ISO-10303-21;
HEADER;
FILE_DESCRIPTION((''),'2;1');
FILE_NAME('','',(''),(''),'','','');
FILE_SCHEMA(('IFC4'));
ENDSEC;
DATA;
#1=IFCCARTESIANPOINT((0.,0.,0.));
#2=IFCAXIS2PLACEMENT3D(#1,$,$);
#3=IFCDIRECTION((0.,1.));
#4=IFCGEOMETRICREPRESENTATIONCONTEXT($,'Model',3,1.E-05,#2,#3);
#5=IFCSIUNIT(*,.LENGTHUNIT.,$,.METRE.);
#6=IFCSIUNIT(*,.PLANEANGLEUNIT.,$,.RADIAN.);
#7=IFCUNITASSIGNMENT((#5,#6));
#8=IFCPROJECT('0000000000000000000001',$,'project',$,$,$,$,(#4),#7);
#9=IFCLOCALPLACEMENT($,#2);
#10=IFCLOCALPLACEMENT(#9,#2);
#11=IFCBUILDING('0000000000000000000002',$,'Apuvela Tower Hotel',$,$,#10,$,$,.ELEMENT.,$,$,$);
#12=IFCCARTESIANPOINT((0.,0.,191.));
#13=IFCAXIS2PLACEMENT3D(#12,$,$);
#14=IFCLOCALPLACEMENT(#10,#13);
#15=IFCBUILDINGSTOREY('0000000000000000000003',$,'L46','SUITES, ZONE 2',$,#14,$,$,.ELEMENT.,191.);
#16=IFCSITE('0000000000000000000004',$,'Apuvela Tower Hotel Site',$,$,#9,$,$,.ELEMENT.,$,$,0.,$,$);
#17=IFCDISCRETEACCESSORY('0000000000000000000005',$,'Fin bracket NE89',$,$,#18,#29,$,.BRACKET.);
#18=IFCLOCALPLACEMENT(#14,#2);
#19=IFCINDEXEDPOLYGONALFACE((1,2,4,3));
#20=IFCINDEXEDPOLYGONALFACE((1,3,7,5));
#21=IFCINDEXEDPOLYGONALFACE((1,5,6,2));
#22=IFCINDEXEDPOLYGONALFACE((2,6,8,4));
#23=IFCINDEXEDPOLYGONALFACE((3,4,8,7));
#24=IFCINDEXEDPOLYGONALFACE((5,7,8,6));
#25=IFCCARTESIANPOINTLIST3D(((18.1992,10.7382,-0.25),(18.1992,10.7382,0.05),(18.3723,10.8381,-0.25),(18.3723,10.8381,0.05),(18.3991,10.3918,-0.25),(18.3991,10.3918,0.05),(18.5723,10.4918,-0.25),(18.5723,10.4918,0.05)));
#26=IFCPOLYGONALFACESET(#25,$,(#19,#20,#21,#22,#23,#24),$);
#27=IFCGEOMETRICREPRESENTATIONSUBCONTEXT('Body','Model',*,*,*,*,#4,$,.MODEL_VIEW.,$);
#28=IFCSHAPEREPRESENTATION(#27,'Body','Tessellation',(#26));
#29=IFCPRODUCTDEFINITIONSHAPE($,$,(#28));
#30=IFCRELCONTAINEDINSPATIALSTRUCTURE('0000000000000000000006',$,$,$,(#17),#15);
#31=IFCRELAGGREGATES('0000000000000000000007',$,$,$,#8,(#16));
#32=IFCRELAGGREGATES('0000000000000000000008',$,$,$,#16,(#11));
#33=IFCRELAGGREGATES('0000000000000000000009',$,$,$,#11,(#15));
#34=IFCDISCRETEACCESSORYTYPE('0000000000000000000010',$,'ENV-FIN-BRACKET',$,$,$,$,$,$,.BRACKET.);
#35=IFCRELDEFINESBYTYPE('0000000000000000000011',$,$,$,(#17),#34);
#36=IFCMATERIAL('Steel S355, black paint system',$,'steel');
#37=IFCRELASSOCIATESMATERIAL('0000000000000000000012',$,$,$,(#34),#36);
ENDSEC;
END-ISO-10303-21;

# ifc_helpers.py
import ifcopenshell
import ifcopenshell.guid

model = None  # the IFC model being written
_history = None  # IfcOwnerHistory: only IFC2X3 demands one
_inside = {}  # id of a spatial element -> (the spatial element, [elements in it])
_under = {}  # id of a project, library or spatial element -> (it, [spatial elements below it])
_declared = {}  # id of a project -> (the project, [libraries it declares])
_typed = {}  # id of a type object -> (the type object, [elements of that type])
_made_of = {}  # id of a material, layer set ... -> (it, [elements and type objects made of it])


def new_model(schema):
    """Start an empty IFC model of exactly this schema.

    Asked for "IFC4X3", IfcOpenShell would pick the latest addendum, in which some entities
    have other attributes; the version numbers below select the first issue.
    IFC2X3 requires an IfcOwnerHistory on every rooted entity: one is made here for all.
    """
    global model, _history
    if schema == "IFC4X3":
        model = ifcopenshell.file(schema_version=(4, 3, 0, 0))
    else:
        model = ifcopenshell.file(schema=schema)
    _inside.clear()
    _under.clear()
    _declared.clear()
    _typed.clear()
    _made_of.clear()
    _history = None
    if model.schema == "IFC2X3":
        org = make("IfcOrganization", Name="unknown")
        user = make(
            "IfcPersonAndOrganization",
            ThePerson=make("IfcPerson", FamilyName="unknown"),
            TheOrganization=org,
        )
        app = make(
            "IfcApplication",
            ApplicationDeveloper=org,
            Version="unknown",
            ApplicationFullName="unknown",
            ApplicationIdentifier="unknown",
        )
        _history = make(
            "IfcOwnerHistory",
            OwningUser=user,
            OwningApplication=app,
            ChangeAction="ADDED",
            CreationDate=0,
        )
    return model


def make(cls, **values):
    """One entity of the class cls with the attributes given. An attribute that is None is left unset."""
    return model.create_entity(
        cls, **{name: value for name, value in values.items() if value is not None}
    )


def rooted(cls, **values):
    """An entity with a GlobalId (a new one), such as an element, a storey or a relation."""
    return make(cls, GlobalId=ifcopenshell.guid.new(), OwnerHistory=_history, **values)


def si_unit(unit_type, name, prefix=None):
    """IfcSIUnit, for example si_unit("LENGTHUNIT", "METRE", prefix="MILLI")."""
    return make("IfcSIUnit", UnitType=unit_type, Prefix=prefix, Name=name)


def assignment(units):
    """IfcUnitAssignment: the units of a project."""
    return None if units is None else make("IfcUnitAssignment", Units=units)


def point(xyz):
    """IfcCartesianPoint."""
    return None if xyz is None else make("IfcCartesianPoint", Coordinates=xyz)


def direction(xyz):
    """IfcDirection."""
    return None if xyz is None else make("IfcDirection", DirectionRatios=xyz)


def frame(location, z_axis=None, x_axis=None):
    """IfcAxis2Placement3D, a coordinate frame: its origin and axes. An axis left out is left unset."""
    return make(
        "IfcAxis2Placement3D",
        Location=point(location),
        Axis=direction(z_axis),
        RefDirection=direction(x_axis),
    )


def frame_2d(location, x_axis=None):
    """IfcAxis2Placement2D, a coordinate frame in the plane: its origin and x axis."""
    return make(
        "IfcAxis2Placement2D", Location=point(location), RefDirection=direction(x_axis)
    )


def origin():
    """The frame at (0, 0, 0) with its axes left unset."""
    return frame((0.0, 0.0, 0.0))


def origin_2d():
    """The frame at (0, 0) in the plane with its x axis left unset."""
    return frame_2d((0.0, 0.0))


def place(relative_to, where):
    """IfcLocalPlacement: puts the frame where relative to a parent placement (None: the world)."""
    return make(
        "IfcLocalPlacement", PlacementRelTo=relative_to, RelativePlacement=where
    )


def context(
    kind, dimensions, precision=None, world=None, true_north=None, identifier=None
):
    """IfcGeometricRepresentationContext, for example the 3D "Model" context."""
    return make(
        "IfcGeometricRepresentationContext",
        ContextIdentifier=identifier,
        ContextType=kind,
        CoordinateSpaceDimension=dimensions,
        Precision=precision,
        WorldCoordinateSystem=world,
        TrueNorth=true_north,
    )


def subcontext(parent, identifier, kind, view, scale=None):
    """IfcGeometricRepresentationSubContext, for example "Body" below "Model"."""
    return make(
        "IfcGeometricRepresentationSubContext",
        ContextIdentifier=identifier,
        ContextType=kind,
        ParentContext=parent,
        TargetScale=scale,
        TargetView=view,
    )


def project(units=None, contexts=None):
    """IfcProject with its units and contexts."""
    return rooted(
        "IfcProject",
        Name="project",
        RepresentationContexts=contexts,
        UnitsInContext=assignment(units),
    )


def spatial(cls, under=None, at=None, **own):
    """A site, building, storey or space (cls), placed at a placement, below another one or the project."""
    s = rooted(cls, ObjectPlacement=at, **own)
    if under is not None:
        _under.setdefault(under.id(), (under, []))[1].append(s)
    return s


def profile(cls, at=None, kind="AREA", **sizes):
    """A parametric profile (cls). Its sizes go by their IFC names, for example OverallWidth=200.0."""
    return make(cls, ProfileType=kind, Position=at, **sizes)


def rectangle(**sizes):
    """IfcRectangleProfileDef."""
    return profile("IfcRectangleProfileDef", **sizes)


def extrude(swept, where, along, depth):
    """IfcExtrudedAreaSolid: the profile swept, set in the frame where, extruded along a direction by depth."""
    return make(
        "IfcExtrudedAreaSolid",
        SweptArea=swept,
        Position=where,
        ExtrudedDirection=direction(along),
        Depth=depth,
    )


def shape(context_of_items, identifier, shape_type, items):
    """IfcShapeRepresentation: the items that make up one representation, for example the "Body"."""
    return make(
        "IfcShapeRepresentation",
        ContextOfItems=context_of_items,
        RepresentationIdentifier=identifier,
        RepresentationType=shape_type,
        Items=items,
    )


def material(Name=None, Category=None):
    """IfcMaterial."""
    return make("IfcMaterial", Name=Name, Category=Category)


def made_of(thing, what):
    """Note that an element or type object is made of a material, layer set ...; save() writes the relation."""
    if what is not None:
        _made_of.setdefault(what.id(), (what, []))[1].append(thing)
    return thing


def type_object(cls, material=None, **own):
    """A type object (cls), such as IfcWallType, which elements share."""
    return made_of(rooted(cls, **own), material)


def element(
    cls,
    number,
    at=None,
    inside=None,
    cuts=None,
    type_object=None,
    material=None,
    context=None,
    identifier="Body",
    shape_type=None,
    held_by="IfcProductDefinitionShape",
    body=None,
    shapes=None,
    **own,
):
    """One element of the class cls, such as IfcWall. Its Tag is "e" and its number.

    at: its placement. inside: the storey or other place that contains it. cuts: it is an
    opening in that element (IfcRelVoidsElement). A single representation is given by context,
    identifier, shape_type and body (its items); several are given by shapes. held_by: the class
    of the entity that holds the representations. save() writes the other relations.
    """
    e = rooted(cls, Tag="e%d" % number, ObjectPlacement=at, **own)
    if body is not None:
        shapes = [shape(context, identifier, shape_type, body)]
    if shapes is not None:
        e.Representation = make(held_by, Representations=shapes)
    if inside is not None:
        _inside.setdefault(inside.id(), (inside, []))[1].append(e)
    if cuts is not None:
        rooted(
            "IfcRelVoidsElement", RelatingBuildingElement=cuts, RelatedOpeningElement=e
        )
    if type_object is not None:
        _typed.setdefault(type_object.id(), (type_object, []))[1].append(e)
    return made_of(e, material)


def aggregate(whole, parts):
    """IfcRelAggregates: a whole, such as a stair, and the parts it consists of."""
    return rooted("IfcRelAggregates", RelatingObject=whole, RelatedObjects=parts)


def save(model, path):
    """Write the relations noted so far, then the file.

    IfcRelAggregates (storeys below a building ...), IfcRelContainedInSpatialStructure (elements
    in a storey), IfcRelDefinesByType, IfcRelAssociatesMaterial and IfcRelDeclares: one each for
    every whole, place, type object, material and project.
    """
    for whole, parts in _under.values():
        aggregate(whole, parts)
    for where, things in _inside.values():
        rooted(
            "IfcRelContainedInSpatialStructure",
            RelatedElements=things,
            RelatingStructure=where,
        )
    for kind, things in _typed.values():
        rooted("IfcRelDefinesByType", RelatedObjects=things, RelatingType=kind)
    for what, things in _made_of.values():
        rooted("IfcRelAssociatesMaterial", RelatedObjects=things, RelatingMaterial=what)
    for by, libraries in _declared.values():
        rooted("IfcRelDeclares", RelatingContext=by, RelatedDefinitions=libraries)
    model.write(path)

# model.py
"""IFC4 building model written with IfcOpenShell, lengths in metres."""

from ifc_helpers import new_model, si_unit, direction, frame, origin, origin_2d, place, context, subcontext, project, spatial, rectangle, extrude, material, type_object, element, save


model = new_model("IFC4")

# Units and contexts
model_context = context("Model", 3, precision=1e-05, world=origin(), true_north=direction((0.0, 1.0)))
body_context = subcontext(model_context, "Body", "Model", "MODEL_VIEW")
ifc_project = project(units=[si_unit("LENGTHUNIT", "METRE"), si_unit("PLANEANGLEUNIT", "RADIAN")], contexts=[model_context])

# Site, building, storey
site_placement = place(None, origin())
site = spatial("IfcSite", under=ifc_project, at=site_placement, Name="Apuvela Tower Hotel Site", CompositionType="ELEMENT", RefElevation=0.0)
building_placement = place(site_placement, origin())
building = spatial("IfcBuilding", under=site, at=building_placement, Name="Apuvela Tower Hotel", CompositionType="ELEMENT")
storey_placement = place(building_placement, frame((0.0, 0.0, 191.0)))
storey = spatial("IfcBuildingStorey", under=building, at=storey_placement, Name="L46", Description="SUITES, ZONE 2", CompositionType="ELEMENT", Elevation=191.0)

# Discrete accessory
ifc_material_1 = material(Name="Steel S355, black paint system", Category="steel")
discrete_accessory_type = type_object("IfcDiscreteAccessoryType", Name="ENV-FIN-BRACKET", PredefinedType="BRACKET", material=ifc_material_1)
for number, where, z_axis, x_axis, name in (
    (1, (18.3857, 10.615, -0.25), (0.0, 0.0, 1.0), (-0.5, 0.866025, 0.0), "Fin bracket NE89"),
):
    element("IfcDiscreteAccessory", number, at=place(storey_placement, frame(where, z_axis=z_axis, x_axis=x_axis)), inside=storey, type_object=discrete_accessory_type, Name=name, PredefinedType="BRACKET", context=body_context, shape_type="SweptSolid", body=[
        extrude(rectangle(XDim=0.3999, YDim=0.2, at=origin_2d()), origin(), (0.0, 0.0, 1.0), 0.3),
    ])

save(model, "model.ifc")
